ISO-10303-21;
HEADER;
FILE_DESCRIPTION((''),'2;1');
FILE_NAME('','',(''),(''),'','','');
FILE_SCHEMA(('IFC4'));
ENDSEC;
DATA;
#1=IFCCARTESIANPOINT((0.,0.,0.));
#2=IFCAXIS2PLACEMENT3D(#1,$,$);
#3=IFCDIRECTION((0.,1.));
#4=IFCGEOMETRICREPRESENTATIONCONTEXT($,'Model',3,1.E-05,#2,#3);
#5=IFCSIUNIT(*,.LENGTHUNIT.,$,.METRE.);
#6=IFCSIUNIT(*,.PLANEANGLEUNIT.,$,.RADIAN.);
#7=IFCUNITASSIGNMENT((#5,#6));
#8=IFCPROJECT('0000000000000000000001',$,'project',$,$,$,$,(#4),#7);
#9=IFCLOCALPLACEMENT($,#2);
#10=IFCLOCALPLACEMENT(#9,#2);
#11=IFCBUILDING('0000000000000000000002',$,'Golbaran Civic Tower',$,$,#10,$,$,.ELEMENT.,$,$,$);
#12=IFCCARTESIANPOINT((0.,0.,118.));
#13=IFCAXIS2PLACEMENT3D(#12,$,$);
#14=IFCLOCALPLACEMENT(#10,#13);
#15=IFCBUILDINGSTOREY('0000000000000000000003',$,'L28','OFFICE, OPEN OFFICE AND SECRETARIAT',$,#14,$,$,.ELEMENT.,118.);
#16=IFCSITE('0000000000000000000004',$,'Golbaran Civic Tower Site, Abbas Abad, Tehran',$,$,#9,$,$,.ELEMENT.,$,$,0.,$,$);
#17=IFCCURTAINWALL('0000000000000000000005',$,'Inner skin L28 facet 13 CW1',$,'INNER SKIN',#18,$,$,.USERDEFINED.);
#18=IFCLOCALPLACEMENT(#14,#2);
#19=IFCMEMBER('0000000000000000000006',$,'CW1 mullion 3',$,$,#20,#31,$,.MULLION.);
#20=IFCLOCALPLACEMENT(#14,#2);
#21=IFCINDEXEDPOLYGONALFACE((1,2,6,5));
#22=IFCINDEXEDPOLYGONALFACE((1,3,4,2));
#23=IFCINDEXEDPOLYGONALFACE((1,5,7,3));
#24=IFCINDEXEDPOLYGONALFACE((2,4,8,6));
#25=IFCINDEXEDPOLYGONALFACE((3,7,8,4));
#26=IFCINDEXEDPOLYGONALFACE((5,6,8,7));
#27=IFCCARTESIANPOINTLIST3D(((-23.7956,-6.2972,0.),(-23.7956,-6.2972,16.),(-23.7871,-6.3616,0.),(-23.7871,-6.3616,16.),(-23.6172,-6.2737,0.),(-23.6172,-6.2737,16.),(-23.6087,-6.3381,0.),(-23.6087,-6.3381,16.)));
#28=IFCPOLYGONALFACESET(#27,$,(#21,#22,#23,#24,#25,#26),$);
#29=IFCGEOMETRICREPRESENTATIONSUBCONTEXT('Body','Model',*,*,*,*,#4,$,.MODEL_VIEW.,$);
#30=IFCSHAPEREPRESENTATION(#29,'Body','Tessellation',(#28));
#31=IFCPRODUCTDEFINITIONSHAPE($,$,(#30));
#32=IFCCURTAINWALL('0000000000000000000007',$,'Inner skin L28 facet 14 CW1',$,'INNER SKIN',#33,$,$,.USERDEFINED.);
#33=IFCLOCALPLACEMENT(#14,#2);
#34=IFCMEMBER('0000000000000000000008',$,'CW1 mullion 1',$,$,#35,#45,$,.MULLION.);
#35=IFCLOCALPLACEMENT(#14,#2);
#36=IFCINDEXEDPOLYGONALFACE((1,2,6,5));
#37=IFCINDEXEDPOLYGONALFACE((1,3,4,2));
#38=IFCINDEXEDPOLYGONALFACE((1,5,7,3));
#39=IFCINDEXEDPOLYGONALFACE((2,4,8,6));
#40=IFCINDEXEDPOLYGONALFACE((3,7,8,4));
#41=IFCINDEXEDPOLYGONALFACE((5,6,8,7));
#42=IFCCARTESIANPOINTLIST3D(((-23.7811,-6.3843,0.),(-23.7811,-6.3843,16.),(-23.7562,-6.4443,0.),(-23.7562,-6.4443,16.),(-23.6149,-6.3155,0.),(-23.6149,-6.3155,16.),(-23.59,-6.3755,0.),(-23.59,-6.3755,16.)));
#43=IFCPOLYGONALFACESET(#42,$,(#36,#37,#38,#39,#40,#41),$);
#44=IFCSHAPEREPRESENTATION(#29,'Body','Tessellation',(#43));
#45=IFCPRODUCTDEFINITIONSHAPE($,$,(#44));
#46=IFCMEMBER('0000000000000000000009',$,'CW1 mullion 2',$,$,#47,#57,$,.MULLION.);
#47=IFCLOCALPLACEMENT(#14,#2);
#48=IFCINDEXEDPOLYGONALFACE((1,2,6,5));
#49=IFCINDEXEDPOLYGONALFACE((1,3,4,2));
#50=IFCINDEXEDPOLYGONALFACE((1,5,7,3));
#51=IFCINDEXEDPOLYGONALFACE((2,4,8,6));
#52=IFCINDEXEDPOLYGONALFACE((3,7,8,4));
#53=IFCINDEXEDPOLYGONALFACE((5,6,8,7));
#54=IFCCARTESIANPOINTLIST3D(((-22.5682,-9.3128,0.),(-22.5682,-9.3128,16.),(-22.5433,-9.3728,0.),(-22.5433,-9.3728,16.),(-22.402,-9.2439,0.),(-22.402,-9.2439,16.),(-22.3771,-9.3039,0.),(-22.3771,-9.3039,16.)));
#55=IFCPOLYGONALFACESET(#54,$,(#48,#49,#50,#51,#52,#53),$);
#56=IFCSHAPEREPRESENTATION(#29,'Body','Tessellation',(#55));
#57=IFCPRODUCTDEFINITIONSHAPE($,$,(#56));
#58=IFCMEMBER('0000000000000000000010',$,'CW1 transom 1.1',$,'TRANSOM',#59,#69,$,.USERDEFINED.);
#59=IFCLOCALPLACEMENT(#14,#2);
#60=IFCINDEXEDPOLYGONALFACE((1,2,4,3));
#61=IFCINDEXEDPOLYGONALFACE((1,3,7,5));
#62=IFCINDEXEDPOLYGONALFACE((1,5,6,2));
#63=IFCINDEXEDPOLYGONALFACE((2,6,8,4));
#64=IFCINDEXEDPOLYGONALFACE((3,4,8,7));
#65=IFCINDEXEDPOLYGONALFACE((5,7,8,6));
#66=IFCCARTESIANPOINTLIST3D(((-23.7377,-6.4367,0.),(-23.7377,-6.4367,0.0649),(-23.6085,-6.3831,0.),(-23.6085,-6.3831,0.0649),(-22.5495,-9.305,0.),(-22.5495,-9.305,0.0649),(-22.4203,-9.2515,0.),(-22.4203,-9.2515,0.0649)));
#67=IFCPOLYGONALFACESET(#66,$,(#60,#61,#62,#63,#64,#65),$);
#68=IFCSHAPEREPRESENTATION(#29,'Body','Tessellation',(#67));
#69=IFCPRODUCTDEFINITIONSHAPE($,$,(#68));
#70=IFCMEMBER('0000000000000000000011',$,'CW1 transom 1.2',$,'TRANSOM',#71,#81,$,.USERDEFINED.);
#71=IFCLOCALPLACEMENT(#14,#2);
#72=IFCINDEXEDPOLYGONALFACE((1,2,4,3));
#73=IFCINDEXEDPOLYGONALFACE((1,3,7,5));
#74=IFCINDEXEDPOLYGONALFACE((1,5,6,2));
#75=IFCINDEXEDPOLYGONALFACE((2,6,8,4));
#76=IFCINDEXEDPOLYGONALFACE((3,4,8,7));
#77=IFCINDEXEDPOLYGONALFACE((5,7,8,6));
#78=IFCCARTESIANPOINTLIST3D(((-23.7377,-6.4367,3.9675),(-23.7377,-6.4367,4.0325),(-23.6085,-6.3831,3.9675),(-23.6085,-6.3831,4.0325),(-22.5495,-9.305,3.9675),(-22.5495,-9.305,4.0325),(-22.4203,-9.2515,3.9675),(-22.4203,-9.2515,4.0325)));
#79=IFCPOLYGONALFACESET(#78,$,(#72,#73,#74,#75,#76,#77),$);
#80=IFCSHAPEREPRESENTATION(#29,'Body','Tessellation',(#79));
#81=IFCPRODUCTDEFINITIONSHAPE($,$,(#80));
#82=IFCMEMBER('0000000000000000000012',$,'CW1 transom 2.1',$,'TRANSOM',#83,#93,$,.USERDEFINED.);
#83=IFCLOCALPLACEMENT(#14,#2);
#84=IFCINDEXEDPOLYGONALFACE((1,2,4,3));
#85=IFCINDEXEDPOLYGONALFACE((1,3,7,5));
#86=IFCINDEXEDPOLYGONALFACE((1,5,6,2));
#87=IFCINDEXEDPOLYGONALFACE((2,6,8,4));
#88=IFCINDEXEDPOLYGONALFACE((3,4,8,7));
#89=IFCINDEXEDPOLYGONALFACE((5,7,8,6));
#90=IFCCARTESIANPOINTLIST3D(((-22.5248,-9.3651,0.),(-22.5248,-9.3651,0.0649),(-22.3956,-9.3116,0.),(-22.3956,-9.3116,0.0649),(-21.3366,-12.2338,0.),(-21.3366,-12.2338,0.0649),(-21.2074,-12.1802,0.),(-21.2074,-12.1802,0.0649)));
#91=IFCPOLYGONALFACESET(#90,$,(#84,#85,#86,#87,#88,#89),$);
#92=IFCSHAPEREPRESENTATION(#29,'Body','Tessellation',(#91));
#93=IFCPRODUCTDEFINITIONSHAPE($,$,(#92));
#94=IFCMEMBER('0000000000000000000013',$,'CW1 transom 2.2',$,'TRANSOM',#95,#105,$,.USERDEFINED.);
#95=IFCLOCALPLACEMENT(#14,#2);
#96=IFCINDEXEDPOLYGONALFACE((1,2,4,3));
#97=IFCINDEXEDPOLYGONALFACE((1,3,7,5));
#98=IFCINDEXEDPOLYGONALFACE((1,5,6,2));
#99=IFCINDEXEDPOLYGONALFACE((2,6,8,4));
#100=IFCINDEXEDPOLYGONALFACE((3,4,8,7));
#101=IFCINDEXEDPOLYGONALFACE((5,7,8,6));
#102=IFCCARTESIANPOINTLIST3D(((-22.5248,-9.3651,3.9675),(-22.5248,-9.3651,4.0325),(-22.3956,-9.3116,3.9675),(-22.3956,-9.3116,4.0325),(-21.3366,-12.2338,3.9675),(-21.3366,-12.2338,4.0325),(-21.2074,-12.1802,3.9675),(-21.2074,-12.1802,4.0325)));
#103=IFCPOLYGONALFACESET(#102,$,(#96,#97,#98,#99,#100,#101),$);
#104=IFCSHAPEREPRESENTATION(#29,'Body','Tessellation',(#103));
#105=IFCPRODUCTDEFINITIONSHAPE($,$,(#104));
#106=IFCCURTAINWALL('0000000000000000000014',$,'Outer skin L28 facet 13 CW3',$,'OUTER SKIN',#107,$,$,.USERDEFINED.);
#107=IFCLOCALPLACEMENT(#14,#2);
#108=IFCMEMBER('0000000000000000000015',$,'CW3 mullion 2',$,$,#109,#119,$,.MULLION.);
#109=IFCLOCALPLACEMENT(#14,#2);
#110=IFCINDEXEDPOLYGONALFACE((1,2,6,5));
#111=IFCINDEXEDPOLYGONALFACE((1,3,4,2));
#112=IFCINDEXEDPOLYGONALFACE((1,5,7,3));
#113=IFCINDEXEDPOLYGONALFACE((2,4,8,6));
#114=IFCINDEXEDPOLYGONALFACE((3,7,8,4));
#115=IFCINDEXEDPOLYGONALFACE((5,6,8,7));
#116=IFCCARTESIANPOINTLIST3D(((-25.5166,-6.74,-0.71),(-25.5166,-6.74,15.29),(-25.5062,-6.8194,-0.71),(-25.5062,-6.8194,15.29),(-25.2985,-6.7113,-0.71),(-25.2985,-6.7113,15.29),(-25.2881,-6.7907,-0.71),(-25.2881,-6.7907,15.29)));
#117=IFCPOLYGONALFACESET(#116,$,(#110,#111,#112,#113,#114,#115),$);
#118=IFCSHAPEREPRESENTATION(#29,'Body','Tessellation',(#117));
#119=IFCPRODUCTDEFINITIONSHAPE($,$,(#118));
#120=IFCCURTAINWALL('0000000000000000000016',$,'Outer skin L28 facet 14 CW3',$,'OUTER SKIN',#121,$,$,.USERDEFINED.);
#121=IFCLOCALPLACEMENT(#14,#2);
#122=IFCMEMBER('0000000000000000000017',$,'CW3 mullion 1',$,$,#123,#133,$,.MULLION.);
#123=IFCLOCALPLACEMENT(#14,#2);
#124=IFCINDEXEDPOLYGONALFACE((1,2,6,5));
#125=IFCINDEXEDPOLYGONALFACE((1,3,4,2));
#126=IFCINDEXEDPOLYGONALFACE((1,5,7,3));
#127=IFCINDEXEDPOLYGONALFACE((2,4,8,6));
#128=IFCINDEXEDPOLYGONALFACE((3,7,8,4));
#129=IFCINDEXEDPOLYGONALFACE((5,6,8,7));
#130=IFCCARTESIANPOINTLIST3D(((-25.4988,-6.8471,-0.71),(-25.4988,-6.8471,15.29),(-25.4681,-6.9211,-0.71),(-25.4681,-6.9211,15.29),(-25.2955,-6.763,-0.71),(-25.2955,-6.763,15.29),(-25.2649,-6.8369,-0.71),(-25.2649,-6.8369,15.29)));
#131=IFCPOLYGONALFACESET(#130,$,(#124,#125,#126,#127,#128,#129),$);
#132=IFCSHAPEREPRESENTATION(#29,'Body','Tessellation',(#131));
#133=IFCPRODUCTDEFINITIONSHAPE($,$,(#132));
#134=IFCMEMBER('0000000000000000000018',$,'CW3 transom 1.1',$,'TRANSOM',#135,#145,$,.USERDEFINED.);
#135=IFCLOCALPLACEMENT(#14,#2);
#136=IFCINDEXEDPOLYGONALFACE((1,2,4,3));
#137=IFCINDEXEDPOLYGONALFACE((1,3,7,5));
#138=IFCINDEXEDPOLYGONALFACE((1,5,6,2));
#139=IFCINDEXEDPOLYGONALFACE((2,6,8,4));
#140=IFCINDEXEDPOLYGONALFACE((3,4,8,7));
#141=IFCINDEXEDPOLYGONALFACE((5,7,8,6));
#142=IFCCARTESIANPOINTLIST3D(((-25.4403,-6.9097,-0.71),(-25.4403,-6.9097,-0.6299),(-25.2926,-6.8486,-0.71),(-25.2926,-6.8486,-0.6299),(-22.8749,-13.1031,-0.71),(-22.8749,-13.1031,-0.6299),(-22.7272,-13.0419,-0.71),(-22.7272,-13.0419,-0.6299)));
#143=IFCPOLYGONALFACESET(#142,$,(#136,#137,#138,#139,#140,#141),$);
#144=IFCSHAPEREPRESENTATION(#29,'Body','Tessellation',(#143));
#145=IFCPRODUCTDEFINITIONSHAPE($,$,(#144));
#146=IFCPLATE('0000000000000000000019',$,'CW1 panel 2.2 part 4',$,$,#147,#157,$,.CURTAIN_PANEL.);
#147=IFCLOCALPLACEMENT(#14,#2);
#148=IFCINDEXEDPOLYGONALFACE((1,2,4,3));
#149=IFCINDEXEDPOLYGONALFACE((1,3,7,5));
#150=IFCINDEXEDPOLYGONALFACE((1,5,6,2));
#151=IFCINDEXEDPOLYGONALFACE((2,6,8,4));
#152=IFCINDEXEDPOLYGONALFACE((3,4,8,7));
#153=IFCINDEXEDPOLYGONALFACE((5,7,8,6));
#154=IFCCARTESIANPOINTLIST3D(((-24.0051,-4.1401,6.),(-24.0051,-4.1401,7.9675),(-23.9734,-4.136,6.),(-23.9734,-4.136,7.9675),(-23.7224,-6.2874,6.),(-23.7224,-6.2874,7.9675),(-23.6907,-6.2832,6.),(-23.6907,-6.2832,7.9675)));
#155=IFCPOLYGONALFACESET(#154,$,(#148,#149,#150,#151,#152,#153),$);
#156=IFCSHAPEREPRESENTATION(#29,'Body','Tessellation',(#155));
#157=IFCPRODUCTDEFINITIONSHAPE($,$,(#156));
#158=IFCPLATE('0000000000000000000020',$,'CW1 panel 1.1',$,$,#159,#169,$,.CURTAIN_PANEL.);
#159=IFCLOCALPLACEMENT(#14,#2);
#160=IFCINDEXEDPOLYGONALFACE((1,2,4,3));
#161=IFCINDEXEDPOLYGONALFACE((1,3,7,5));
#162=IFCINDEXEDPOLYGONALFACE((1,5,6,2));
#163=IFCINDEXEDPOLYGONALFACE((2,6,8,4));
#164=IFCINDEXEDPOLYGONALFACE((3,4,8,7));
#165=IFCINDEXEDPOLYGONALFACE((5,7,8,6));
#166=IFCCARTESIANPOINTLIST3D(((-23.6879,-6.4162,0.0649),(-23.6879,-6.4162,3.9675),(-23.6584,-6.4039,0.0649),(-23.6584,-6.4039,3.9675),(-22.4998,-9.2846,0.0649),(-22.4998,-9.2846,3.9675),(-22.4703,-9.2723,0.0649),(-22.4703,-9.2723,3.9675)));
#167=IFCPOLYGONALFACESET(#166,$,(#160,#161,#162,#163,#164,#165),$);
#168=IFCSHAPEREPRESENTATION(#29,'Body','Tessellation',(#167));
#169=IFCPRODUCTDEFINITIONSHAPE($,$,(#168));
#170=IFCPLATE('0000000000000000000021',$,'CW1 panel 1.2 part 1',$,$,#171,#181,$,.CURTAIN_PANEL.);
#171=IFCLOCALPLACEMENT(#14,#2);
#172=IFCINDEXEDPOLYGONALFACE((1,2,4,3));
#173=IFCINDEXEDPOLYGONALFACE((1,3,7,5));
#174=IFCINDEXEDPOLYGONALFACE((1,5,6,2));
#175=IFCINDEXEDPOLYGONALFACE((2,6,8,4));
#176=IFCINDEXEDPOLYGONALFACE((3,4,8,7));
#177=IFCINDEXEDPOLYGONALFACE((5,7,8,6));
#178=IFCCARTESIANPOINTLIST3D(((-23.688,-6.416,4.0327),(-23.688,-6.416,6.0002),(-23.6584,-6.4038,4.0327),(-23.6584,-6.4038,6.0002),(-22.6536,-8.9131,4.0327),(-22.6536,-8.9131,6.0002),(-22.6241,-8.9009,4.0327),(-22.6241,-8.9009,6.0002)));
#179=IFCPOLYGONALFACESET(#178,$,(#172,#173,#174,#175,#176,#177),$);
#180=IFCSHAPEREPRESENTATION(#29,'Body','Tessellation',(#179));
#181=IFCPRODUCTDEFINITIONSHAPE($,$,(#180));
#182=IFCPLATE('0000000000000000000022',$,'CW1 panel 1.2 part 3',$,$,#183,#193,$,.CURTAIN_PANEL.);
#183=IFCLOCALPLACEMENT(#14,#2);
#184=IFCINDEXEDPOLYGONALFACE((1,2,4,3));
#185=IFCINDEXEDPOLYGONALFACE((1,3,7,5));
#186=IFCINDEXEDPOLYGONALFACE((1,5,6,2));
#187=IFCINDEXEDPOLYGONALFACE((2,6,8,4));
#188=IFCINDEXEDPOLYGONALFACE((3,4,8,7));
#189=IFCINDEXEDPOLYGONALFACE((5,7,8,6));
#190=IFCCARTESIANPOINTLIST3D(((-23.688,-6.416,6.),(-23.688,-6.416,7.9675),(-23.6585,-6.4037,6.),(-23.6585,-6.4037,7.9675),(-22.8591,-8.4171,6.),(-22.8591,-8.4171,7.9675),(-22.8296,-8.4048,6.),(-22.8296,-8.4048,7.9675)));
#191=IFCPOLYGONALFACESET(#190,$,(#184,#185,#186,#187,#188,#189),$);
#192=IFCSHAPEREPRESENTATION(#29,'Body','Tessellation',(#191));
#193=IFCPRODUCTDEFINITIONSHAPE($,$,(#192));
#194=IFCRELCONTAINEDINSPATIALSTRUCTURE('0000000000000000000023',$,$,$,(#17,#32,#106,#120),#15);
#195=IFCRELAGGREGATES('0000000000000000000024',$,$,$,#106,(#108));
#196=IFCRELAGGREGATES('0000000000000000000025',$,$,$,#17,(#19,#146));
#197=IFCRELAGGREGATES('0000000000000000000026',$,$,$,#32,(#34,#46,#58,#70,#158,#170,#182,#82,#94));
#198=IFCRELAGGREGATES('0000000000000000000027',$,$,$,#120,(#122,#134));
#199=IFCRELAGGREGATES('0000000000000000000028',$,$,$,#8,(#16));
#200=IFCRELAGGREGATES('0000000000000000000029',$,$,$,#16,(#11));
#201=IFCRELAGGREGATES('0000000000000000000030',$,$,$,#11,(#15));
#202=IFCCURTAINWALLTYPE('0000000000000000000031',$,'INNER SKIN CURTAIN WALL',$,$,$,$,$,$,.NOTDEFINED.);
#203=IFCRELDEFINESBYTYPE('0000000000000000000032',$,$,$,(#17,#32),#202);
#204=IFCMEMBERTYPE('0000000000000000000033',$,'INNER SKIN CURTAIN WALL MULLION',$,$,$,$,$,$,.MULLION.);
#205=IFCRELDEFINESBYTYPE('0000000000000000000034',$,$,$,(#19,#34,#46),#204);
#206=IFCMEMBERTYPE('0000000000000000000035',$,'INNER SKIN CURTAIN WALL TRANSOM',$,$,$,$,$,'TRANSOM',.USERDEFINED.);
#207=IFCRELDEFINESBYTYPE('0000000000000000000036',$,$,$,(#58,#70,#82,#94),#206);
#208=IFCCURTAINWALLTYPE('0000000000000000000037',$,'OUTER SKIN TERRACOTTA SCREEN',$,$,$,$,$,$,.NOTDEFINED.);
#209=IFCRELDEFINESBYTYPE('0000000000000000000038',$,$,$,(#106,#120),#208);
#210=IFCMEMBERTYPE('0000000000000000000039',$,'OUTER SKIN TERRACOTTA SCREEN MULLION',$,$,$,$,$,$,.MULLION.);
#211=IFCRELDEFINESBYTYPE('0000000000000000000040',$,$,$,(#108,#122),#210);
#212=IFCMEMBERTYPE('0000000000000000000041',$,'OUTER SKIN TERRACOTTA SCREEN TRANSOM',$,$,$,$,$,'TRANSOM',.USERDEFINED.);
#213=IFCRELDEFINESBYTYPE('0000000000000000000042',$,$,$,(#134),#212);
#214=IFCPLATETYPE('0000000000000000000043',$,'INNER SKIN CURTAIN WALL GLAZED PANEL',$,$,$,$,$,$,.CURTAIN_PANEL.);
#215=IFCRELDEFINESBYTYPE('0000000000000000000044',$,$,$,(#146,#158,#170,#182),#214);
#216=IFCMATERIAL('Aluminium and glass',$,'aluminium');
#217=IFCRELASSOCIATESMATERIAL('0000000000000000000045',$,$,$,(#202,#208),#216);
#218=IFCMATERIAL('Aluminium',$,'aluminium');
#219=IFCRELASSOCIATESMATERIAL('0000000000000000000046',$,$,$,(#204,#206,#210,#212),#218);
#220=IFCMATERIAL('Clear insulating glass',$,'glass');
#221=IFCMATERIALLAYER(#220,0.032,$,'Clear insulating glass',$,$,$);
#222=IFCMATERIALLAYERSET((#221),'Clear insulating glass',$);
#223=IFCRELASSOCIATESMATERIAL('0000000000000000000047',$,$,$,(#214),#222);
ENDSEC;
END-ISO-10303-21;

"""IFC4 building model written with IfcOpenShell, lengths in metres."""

from ifc_helpers import new_model, si_unit, direction, frame, origin, origin_2d, place, context, subcontext, project, spatial, rectangle, extrude, material, layer, layer_set, material_profile, profile_set, type_object, element, aggregate, save


model = new_model("IFC4")

# Units and contexts
model_context = context("Model", 3, precision=1e-05, world=origin(), true_north=direction((0.0, 1.0)))
body_context = subcontext(model_context, "Body", "Model", "MODEL_VIEW")
ifc_project = project(units=[si_unit("LENGTHUNIT", "METRE"), si_unit("PLANEANGLEUNIT", "RADIAN")], contexts=[model_context])

# Site, building, storey
site_placement = place(None, origin())
site = spatial("IfcSite", under=ifc_project, at=site_placement, Name="Golbaran Civic Tower Site, Abbas Abad, Tehran", CompositionType="ELEMENT", RefElevation=0.0)
building_placement = place(site_placement, origin())
building = spatial("IfcBuilding", under=site, at=building_placement, Name="Golbaran Civic Tower", CompositionType="ELEMENT")
storey_placement = place(building_placement, frame((0.0, 0.0, 118.0)))
storey = spatial("IfcBuildingStorey", under=building, at=storey_placement, Name="L28", Description="OFFICE, OPEN OFFICE AND SECRETARIAT", CompositionType="ELEMENT", Elevation=118.0)

# Curtain wall, member
ifc_material_1 = material(Name="Aluminium and glass", Category="aluminium")
curtain_wall_type_1 = type_object("IfcCurtainWallType", Name="INNER SKIN CURTAIN WALL", PredefinedType="NOTDEFINED", material=ifc_material_1)
curtain_wall_1_placement = place(storey_placement, origin())
curtain_wall_1 = element("IfcCurtainWall", 1, at=curtain_wall_1_placement, inside=storey, type_object=curtain_wall_type_1, Name="Inner skin L28 facet 13 CW1", ObjectType="INNER SKIN", PredefinedType="USERDEFINED")
ifc_material_2 = material(Name="Aluminium", Category="aluminium")
ifc_material_profile_1 = material_profile(ifc_material_2, rectangle(XDim=0.1799, YDim=0.0649, at=origin_2d()), Name="INNER SKIN CURTAIN WALL MULLION")
ifc_profile_set_1 = profile_set([ifc_material_profile_1], Name="Aluminium")
member_type_1 = type_object("IfcMemberType", Name="INNER SKIN CURTAIN WALL MULLION", PredefinedType="MULLION", material=ifc_profile_set_1)
member_1_placement = place(storey_placement, frame((-23.7021, -6.3176, 0.0), z_axis=(0.0, 0.0, 1.0), x_axis=(0.991445, 0.130526, 0.0)))
member_1 = element("IfcMember", 2, at=member_1_placement, type_object=member_type_1, Name="CW1 mullion 3", PredefinedType="MULLION", context=body_context, shape_type="SweptSolid", body=[
    extrude(rectangle(XDim=0.1799, YDim=0.0649, at=origin_2d()), origin(), (0.0, 0.0, 1.0), 16.0),
])

# Curtain wall, members
curtain_wall_2_placement = place(storey_placement, origin())
curtain_wall_2 = element("IfcCurtainWall", 3, at=curtain_wall_2_placement, inside=storey, type_object=curtain_wall_type_1, Name="Inner skin L28 facet 14 CW1", ObjectType="INNER SKIN", PredefinedType="USERDEFINED")
member_2_placement = place(storey_placement, frame((-23.6855, -6.3799, 0.0), z_axis=(0.0, 0.0, 1.0), x_axis=(0.92388, 0.382683, 0.0)))
member_2 = element("IfcMember", 4, at=member_2_placement, type_object=member_type_1, Name="CW1 mullion 1", PredefinedType="MULLION", context=body_context, shape_type="SweptSolid", body=[
    extrude(rectangle(XDim=0.1799, YDim=0.0649, at=origin_2d()), origin(), (0.0, 0.0, 1.0), 16.0),
])
member_3_placement = place(storey_placement, frame((-22.4727, -9.3083, 0.0), z_axis=(0.0, 0.0, 1.0), x_axis=(0.92388, 0.382683, 0.0)))
member_3 = element("IfcMember", 5, at=member_3_placement, type_object=member_type_1, Name="CW1 mullion 2", PredefinedType="MULLION", context=body_context, shape_type="SweptSolid", body=[
    extrude(rectangle(XDim=0.1799, YDim=0.0649, at=origin_2d()), origin(), (0.0, 0.0, 1.0), 16.0),
])
ifc_material_profile_2 = material_profile(ifc_material_2, rectangle(XDim=0.1399, YDim=0.0649, at=origin_2d()), Name="INNER SKIN CURTAIN WALL TRANSOM")
ifc_profile_set_2 = profile_set([ifc_material_profile_2], Name="Aluminium")
member_type_2 = type_object("IfcMemberType", Name="INNER SKIN CURTAIN WALL TRANSOM", ElementType="TRANSOM", PredefinedType="USERDEFINED", material=ifc_profile_set_2)
member_4_placement = place(storey_placement, frame((-23.6731, -6.4099, 0.0325), z_axis=(0.382711, -0.923868, 0.0), x_axis=(0.923868, 0.382711, 0.0)))
member_4 = element("IfcMember", 6, at=member_4_placement, type_object=member_type_2, Name="CW1 transom 1.1", ObjectType="TRANSOM", PredefinedType="USERDEFINED", context=body_context, shape_type="SweptSolid", body=[
    extrude(rectangle(XDim=0.1399, YDim=0.0649, at=origin_2d()), origin(), (0.0, 0.0, 1.0), 3.1047),
])
member_5_placement = place(storey_placement, frame((-23.6731, -6.4099, 4.0), z_axis=(0.382711, -0.923868, 0.0), x_axis=(0.923868, 0.382711, 0.0)))
member_5 = element("IfcMember", 7, at=member_5_placement, type_object=member_type_2, Name="CW1 transom 1.2", ObjectType="TRANSOM", PredefinedType="USERDEFINED", context=body_context, shape_type="SweptSolid", body=[
    extrude(rectangle(XDim=0.1399, YDim=0.0649, at=origin_2d()), origin(), (0.0, 0.0, 1.0), 3.1047),
])
member_6_placement = place(storey_placement, frame((-22.4602, -9.3384, 0.0325), z_axis=(0.382683, -0.92388, 0.0), x_axis=(0.92388, 0.382683, 0.0)))
member_6 = element("IfcMember", 8, at=member_6_placement, type_object=member_type_2, Name="CW1 transom 2.1", ObjectType="TRANSOM", PredefinedType="USERDEFINED", context=body_context, shape_type="SweptSolid", body=[
    extrude(rectangle(XDim=0.1399, YDim=0.0649, at=origin_2d()), origin(), (0.0, 0.0, 1.0), 3.105),
])
member_7_placement = place(storey_placement, frame((-22.4602, -9.3384, 4.0), z_axis=(0.382683, -0.92388, 0.0), x_axis=(0.92388, 0.382683, 0.0)))
member_7 = element("IfcMember", 9, at=member_7_placement, type_object=member_type_2, Name="CW1 transom 2.2", ObjectType="TRANSOM", PredefinedType="USERDEFINED", context=body_context, shape_type="SweptSolid", body=[
    extrude(rectangle(XDim=0.1399, YDim=0.0649, at=origin_2d()), origin(), (0.0, 0.0, 1.0), 3.105),
])

# Curtain wall, member
curtain_wall_type_2 = type_object("IfcCurtainWallType", Name="OUTER SKIN TERRACOTTA SCREEN", PredefinedType="NOTDEFINED", material=ifc_material_1)
curtain_wall_3_placement = place(storey_placement, origin())
curtain_wall_3 = element("IfcCurtainWall", 10, at=curtain_wall_3_placement, inside=storey, type_object=curtain_wall_type_2, Name="Outer skin L28 facet 13 CW3", ObjectType="OUTER SKIN", PredefinedType="USERDEFINED")
ifc_material_profile_3 = material_profile(ifc_material_2, rectangle(XDim=0.22, YDim=0.0801, at=origin_2d()), Name="OUTER SKIN TERRACOTTA SCREEN MULLION")
ifc_profile_set_3 = profile_set([ifc_material_profile_3], Name="Aluminium")
member_type_3 = type_object("IfcMemberType", Name="OUTER SKIN TERRACOTTA SCREEN MULLION", PredefinedType="MULLION", material=ifc_profile_set_3)
member_8_placement = place(storey_placement, frame((-25.4023, -6.7654, -0.71), z_axis=(0.0, 0.0, 1.0), x_axis=(0.991445, 0.130526, 0.0)))
member_8 = element("IfcMember", 11, at=member_8_placement, type_object=member_type_3, Name="CW3 mullion 2", PredefinedType="MULLION", context=body_context, shape_type="SweptSolid", body=[
    extrude(rectangle(XDim=0.22, YDim=0.0801, at=origin_2d()), origin(), (0.0, 0.0, 1.0), 16.0),
])
aggregate(curtain_wall_3, [member_8])

# Curtain wall, members
curtain_wall_4_placement = place(storey_placement, origin())
curtain_wall_4 = element("IfcCurtainWall", 12, at=curtain_wall_4_placement, inside=storey, type_object=curtain_wall_type_2, Name="Outer skin L28 facet 14 CW3", ObjectType="OUTER SKIN", PredefinedType="USERDEFINED")
member_9_placement = place(storey_placement, frame((-25.3818, -6.842, -0.71), z_axis=(0.0, 0.0, 1.0), x_axis=(0.92388, 0.382683, 0.0)))
member_9 = element("IfcMember", 13, at=member_9_placement, type_object=member_type_3, Name="CW3 mullion 1", PredefinedType="MULLION", context=body_context, shape_type="SweptSolid", body=[
    extrude(rectangle(XDim=0.22, YDim=0.0801, at=origin_2d()), origin(), (0.0, 0.0, 1.0), 16.0),
])
ifc_material_profile_4 = material_profile(ifc_material_2, rectangle(XDim=0.1599, YDim=0.0801, at=origin_2d()), Name="OUTER SKIN TERRACOTTA SCREEN TRANSOM")
ifc_profile_set_4 = profile_set([ifc_material_profile_4], Name="Aluminium")
member_type_4 = type_object("IfcMemberType", Name="OUTER SKIN TERRACOTTA SCREEN TRANSOM", ElementType="TRANSOM", PredefinedType="USERDEFINED", material=ifc_profile_set_4)
member_10_placement = place(storey_placement, frame((-25.3665, -6.8792, -0.6699), z_axis=(0.382691, -0.923877, 0.0), x_axis=(0.923877, 0.382691, 0.0)))
member_10 = element("IfcMember", 14, at=member_10_placement, type_object=member_type_4, Name="CW3 transom 1.1", ObjectType="TRANSOM", PredefinedType="USERDEFINED", context=body_context, shape_type="SweptSolid", body=[
    extrude(rectangle(XDim=0.1599, YDim=0.0801, at=origin_2d()), origin(), (0.0, 0.0, 1.0), 6.7036),
])

# Plates
ifc_material_3 = material(Name="Clear insulating glass", Category="glass")
ifc_layer_1 = layer(ifc_material_3, 0.032, Name="Clear insulating glass")
ifc_layer_set_1 = layer_set([ifc_layer_1], Name="Clear insulating glass")
plate_type_1 = type_object("IfcPlateType", Name="INNER SKIN CURTAIN WALL GLAZED PANEL", PredefinedType="CURTAIN_PANEL", material=ifc_layer_set_1)
plate_1_placement = place(storey_placement, frame((-23.8479, -5.2117, 6.0), z_axis=(0.0, 0.0, 1.0), x_axis=(0.130526, -0.991445, 0.0)))
plate_1 = element("IfcPlate", 15, at=plate_1_placement, type_object=plate_type_1, Name="CW1 panel 2.2 part 4", PredefinedType="CURTAIN_PANEL", context=body_context, shape_type="SweptSolid", body=[
    extrude(rectangle(XDim=2.1658, YDim=0.032, at=origin_2d()), origin(), (0.0, 0.0, 1.0), 1.9675),
])
aggregate(curtain_wall_1, [member_1, plate_1])
plate_2_placement = place(storey_placement, frame((-23.0791, -7.8442, 0.0649), z_axis=(0.0, 0.0, 1.0), x_axis=(0.382683, -0.92388, 0.0)))
plate_2 = element("IfcPlate", 16, at=plate_2_placement, type_object=plate_type_1, Name="CW1 panel 1.1", PredefinedType="CURTAIN_PANEL", context=body_context, shape_type="SweptSolid", body=[
    extrude(rectangle(XDim=3.1047, YDim=0.032, at=origin_2d()), origin(), (0.0, 0.0, 1.0), 3.9026),
])
plate_3_placement = place(storey_placement, frame((-23.156, -7.6584, 4.0327), z_axis=(0.0, 0.0, 1.0), x_axis=(0.382683, -0.92388, 0.0)))
plate_3 = element("IfcPlate", 17, at=plate_3_placement, type_object=plate_type_1, Name="CW1 panel 1.2 part 1", PredefinedType="CURTAIN_PANEL", context=body_context, shape_type="SweptSolid", body=[
    extrude(rectangle(XDim=2.7029, YDim=0.032, at=origin_2d()), origin(), (0.0, 0.0, 1.0), 1.9675),
])
plate_4_placement = place(storey_placement, frame((-23.2588, -7.4104, 6.0), z_axis=(0.0, 0.0, 1.0), x_axis=(0.382683, -0.92388, 0.0)))
plate_4 = element("IfcPlate", 18, at=plate_4_placement, type_object=plate_type_1, Name="CW1 panel 1.2 part 3", PredefinedType="CURTAIN_PANEL", context=body_context, shape_type="SweptSolid", body=[
    extrude(rectangle(XDim=2.166, YDim=0.032, at=origin_2d()), origin(), (0.0, 0.0, 1.0), 1.9675),
])
aggregate(curtain_wall_2, [member_2, member_3, member_4, member_5, plate_2, plate_3, plate_4, member_6, member_7])
aggregate(curtain_wall_4, [member_9, member_10])

save(model, "model.ifc")
